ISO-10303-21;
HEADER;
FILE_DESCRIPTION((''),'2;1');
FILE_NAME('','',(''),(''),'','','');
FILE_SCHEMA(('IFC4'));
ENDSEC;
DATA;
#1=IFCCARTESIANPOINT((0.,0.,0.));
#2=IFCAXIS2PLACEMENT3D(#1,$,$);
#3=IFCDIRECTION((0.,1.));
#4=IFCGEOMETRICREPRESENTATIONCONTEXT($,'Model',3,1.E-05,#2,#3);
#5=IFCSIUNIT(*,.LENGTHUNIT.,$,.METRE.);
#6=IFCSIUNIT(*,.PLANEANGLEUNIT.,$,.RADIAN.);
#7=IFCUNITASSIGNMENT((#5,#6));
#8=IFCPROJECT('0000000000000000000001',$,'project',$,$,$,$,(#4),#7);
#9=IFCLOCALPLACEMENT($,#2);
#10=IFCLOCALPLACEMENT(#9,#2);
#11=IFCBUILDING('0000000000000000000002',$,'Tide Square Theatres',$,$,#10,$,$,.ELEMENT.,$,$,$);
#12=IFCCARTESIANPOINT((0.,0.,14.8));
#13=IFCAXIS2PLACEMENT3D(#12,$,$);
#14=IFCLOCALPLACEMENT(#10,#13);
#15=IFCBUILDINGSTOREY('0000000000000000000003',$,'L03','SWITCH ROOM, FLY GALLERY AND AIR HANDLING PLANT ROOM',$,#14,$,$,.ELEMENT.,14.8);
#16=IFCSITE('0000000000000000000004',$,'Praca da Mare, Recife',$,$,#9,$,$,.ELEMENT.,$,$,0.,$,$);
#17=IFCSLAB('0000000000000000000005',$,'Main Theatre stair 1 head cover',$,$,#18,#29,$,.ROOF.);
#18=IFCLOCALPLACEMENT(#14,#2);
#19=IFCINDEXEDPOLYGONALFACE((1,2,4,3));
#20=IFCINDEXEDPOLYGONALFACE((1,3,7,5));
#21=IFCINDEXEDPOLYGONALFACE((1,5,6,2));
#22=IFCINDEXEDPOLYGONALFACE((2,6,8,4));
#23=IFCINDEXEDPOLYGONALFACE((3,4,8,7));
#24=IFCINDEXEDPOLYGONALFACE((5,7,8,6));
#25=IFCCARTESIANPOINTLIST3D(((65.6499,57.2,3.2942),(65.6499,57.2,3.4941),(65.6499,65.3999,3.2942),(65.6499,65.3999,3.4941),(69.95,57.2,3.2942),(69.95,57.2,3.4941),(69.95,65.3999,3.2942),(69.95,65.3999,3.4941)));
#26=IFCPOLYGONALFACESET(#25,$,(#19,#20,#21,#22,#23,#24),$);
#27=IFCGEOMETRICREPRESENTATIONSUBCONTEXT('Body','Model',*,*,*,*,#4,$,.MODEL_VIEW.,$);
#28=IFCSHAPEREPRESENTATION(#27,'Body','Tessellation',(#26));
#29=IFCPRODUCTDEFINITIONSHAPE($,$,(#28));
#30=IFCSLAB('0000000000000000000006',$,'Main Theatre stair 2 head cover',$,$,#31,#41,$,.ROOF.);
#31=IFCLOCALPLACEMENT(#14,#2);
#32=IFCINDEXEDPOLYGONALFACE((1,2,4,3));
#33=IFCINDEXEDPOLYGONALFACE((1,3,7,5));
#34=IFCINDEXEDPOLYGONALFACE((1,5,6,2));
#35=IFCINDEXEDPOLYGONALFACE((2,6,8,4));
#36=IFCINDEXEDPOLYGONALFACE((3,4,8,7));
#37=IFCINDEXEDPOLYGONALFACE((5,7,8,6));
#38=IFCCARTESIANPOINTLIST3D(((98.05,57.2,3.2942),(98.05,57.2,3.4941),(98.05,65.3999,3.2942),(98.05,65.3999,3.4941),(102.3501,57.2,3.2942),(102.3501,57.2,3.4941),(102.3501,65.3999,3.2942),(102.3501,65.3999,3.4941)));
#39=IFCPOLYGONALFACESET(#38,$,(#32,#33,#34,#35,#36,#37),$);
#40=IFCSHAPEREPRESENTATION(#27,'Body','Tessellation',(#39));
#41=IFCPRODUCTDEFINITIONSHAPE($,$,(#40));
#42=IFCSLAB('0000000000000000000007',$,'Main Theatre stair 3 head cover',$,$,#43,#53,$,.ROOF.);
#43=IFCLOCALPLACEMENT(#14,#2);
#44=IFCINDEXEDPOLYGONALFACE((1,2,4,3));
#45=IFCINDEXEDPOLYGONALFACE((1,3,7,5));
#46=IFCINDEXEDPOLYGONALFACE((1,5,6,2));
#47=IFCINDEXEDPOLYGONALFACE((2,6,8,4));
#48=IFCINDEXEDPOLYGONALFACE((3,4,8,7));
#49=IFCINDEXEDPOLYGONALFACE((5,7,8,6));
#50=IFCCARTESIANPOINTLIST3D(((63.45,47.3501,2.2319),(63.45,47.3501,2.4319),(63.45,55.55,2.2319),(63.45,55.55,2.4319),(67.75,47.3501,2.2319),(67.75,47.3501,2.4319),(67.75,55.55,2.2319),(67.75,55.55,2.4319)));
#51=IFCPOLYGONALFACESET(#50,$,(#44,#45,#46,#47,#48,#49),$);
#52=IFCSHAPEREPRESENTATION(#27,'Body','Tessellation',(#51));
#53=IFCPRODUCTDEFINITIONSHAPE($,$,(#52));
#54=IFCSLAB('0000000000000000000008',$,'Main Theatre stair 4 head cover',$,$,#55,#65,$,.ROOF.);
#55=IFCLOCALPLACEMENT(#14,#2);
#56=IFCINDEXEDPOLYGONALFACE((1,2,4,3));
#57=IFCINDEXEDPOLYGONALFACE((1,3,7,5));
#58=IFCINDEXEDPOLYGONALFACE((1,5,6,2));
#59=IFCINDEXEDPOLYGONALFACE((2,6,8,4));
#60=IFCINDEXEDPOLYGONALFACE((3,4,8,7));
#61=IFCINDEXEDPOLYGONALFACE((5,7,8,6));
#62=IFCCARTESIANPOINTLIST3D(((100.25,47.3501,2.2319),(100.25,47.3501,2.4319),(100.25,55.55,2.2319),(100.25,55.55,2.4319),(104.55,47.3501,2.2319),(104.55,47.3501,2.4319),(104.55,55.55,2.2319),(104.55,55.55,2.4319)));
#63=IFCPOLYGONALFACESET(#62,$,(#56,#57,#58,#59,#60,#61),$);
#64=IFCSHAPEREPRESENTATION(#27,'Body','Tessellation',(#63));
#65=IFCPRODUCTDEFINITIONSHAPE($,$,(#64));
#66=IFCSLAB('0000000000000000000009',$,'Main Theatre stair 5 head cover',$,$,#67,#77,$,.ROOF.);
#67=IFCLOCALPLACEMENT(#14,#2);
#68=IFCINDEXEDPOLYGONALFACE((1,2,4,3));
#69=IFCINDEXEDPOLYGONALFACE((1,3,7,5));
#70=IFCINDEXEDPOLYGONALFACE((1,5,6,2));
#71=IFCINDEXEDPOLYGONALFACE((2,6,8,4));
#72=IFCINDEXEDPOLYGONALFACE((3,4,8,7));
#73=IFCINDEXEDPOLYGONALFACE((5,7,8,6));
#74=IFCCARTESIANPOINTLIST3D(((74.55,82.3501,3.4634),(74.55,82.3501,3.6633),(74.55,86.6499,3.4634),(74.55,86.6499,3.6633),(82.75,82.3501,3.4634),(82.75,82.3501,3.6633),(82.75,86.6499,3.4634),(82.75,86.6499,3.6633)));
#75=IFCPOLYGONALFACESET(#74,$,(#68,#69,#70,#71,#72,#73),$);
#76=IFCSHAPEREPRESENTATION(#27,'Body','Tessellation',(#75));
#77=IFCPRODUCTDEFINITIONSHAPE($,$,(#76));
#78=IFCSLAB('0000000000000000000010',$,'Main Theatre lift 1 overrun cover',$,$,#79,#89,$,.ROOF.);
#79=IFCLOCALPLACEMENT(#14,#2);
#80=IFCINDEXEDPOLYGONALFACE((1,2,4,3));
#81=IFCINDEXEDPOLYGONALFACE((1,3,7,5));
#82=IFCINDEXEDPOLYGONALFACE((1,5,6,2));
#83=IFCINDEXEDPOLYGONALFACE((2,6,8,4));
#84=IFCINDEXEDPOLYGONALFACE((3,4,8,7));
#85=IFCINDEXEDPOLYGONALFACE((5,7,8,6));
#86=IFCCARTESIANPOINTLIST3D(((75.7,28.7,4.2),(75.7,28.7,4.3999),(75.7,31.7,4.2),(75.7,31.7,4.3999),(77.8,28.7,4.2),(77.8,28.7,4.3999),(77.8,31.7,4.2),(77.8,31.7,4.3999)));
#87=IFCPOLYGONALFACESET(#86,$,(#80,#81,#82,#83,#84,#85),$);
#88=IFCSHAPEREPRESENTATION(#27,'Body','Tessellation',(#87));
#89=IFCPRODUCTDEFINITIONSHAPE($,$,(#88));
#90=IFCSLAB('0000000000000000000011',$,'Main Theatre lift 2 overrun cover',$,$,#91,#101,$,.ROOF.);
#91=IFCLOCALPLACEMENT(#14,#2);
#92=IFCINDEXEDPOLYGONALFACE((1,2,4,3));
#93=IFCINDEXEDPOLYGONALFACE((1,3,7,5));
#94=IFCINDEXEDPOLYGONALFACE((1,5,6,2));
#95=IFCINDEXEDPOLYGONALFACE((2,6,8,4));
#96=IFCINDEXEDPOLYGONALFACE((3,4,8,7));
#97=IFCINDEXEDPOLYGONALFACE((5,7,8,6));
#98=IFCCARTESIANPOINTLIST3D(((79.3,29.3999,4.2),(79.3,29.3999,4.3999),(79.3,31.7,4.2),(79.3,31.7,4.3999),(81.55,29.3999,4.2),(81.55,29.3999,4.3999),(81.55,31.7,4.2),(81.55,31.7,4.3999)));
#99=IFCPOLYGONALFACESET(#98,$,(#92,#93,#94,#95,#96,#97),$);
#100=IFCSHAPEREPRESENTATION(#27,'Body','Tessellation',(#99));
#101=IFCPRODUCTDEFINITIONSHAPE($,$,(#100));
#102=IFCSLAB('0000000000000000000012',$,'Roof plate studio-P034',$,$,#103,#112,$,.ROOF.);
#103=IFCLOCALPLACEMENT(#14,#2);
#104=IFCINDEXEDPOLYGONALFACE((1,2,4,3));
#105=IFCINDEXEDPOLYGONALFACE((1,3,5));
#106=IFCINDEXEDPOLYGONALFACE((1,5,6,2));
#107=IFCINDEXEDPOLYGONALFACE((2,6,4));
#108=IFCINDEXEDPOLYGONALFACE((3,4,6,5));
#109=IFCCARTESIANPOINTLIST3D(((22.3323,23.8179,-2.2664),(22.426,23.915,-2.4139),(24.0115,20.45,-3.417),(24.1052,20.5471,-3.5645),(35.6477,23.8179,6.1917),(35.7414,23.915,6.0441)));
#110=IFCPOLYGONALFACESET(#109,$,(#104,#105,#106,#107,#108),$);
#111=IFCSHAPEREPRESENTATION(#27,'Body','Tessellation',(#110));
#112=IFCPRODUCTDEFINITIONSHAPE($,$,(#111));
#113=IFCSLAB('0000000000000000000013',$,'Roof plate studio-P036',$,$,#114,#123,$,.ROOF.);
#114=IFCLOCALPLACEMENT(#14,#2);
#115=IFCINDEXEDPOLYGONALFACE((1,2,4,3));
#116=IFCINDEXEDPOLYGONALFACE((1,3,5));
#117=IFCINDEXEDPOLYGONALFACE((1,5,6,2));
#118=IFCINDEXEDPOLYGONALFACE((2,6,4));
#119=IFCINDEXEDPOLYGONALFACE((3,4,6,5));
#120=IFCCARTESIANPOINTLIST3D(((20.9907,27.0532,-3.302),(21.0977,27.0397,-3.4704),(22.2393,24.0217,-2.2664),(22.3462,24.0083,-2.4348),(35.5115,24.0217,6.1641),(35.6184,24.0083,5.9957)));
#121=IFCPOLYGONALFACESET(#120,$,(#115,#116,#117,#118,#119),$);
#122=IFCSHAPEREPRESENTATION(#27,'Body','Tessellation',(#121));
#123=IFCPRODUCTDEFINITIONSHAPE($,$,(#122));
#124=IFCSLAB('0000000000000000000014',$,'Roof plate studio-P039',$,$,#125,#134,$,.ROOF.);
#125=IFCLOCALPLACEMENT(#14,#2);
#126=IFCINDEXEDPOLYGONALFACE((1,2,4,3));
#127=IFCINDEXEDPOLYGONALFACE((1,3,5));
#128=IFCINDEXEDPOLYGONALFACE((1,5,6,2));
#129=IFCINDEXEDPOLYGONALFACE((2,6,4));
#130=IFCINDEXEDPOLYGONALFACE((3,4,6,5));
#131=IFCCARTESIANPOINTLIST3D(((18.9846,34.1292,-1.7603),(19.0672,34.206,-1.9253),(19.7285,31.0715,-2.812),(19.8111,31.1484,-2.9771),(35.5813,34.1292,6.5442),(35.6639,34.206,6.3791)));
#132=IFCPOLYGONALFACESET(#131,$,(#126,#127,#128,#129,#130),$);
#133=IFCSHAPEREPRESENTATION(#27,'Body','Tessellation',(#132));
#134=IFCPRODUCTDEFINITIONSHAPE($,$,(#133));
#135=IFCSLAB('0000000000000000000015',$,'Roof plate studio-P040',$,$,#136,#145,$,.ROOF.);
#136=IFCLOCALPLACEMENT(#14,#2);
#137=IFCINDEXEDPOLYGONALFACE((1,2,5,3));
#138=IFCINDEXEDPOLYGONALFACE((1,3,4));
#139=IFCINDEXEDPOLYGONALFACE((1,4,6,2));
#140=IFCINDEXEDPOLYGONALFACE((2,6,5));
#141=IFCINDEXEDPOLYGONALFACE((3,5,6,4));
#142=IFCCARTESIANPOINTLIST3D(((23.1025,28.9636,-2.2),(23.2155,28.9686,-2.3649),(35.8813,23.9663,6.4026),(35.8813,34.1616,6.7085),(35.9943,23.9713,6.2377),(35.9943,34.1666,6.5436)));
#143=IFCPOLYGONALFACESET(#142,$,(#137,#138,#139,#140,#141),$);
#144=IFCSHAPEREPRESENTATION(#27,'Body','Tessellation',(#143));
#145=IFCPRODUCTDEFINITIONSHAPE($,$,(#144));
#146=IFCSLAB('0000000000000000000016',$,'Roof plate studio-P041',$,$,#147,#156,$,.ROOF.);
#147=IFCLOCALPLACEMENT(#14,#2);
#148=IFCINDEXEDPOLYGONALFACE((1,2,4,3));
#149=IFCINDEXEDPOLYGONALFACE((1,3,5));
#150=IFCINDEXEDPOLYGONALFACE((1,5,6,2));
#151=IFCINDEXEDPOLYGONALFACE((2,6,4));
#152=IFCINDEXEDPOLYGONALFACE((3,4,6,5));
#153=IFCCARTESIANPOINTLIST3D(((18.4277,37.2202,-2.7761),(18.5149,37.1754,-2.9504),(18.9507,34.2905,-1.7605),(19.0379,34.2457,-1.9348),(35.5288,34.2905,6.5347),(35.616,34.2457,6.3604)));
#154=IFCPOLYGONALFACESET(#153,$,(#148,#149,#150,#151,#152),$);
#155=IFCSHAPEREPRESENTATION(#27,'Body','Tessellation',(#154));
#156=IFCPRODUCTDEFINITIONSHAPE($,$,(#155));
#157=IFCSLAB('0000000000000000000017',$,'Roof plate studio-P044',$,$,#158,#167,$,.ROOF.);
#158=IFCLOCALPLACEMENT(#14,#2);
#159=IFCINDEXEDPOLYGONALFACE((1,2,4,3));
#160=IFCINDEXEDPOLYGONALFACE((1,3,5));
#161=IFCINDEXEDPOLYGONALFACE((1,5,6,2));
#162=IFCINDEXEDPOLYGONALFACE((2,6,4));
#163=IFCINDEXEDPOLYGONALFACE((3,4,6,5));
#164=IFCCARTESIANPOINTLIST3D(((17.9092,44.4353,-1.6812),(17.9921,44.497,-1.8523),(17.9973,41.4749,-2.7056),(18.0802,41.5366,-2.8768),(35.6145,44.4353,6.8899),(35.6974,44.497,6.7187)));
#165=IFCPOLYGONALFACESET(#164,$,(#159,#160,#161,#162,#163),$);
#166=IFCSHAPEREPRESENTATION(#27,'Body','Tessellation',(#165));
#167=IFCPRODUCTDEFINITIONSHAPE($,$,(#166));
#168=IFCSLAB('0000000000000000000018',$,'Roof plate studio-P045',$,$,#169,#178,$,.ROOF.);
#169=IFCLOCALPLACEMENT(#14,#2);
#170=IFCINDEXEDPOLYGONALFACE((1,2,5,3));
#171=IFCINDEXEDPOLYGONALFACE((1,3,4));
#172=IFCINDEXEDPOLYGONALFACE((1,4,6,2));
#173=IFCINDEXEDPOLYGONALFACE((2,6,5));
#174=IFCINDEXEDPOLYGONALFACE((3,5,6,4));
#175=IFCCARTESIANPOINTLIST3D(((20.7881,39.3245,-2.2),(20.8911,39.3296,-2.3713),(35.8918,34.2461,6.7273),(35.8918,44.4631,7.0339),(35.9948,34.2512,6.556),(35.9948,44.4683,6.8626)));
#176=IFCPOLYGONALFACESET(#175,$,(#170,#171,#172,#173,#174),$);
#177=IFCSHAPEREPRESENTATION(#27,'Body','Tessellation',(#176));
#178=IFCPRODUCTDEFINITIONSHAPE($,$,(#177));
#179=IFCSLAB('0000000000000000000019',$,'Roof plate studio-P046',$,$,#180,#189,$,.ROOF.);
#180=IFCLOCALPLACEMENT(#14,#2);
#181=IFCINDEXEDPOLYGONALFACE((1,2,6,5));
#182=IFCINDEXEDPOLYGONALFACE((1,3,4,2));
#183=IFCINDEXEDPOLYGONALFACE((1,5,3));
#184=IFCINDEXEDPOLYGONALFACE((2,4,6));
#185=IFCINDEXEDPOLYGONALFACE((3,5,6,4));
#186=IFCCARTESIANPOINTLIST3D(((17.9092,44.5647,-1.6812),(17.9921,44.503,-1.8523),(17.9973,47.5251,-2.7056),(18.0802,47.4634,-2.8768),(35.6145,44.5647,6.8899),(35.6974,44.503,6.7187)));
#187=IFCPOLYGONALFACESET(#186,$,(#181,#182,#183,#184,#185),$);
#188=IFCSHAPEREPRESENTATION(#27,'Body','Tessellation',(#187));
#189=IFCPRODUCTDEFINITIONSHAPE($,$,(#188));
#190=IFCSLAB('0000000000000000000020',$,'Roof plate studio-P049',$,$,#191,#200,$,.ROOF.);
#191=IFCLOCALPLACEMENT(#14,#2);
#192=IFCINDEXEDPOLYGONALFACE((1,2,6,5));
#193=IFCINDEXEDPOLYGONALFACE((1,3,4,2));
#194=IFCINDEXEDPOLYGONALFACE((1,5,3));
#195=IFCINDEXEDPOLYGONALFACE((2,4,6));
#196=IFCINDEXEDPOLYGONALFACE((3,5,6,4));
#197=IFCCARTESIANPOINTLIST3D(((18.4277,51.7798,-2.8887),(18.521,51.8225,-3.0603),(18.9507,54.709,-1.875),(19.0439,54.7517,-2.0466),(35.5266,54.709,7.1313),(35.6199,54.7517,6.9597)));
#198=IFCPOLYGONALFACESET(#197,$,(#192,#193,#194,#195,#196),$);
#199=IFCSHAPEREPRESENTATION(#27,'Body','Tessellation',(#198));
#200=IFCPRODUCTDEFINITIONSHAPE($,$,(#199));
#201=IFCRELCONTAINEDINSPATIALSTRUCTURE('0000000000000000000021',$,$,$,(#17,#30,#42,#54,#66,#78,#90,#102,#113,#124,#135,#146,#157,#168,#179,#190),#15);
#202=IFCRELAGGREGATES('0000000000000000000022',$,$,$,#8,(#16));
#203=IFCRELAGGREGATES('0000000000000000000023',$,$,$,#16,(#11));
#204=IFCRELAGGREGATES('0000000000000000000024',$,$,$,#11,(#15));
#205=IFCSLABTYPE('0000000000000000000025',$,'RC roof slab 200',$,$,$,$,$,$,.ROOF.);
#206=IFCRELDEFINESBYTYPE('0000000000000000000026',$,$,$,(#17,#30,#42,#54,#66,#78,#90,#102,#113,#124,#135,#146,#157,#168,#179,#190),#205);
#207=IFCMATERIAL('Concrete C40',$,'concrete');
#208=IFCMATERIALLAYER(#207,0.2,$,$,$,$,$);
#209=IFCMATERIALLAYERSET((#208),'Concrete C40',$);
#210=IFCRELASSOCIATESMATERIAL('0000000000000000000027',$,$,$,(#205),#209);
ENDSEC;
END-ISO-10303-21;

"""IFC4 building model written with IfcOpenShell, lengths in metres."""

from ifc_helpers import new_model, si_unit, direction, frame, origin, place, context, subcontext, project, spatial, polyline, outline, extrude, material, layer, layer_set, type_object, element, save


model = new_model("IFC4")

# Units and contexts
model_context = context("Model", 3, precision=1e-05, world=origin(), true_north=direction((0.0, 1.0)))
body_context = subcontext(model_context, "Body", "Model", "MODEL_VIEW")
ifc_project = project(units=[si_unit("LENGTHUNIT", "METRE"), si_unit("PLANEANGLEUNIT", "RADIAN")], contexts=[model_context])

# Site, building, storey
site_placement = place(None, origin())
site = spatial("IfcSite", under=ifc_project, at=site_placement, Name="Praca da Mare, Recife", CompositionType="ELEMENT", RefElevation=0.0)
building_placement = place(site_placement, origin())
building = spatial("IfcBuilding", under=site, at=building_placement, Name="Tide Square Theatres", CompositionType="ELEMENT")
storey_placement = place(building_placement, frame((0.0, 0.0, 14.8)))
storey = spatial("IfcBuildingStorey", under=building, at=storey_placement, Name="L03", Description="SWITCH ROOM, FLY GALLERY AND AIR HANDLING PLANT ROOM", CompositionType="ELEMENT", Elevation=14.8)

# Slabs
ifc_material_1 = material(Name="Concrete C40", Category="concrete")
ifc_layer_1 = layer(ifc_material_1, 0.2)
ifc_layer_set_1 = layer_set([ifc_layer_1], Name="Concrete C40")
slab_type_1 = type_object("IfcSlabType", Name="RC roof slab 200", PredefinedType="ROOF", material=ifc_layer_set_1)
slab_1_placement = place(storey_placement, frame((0.0, 0.0, 3.2942)))
element("IfcSlab", 1, at=slab_1_placement, inside=storey, type_object=slab_type_1, Name="Main Theatre stair 1 head cover", PredefinedType="ROOF", context=body_context, shape_type="SweptSolid", body=[
    extrude(outline(polyline([(69.95, 57.2), (69.95, 65.3999), (65.6499, 65.3999), (65.6499, 57.2), (69.95, 57.2)])), origin(), (0.0, 0.0, 1.0), 0.2),
])
slab_2_placement = place(storey_placement, frame((0.0, 0.0, 3.2942)))
element("IfcSlab", 2, at=slab_2_placement, inside=storey, type_object=slab_type_1, Name="Main Theatre stair 2 head cover", PredefinedType="ROOF", context=body_context, shape_type="SweptSolid", body=[
    extrude(outline(polyline([(102.3501, 57.2), (102.3501, 65.3999), (98.05, 65.3999), (98.05, 57.2), (102.3501, 57.2)])), origin(), (0.0, 0.0, 1.0), 0.2),
])
slab_3_placement = place(storey_placement, frame((0.0, 0.0, 2.2319)))
element("IfcSlab", 3, at=slab_3_placement, inside=storey, type_object=slab_type_1, Name="Main Theatre stair 3 head cover", PredefinedType="ROOF", context=body_context, shape_type="SweptSolid", body=[
    extrude(outline(polyline([(67.75, 47.3501), (67.75, 55.55), (63.45, 55.55), (63.45, 47.3501), (67.75, 47.3501)])), origin(), (0.0, 0.0, 1.0), 0.2),
])
slab_4_placement = place(storey_placement, frame((0.0, 0.0, 2.2319)))
element("IfcSlab", 4, at=slab_4_placement, inside=storey, type_object=slab_type_1, Name="Main Theatre stair 4 head cover", PredefinedType="ROOF", context=body_context, shape_type="SweptSolid", body=[
    extrude(outline(polyline([(104.55, 47.3501), (104.55, 55.55), (100.25, 55.55), (100.25, 47.3501), (104.55, 47.3501)])), origin(), (0.0, 0.0, 1.0), 0.2),
])
slab_5_placement = place(storey_placement, frame((0.0, 0.0, 3.4634)))
element("IfcSlab", 5, at=slab_5_placement, inside=storey, type_object=slab_type_1, Name="Main Theatre stair 5 head cover", PredefinedType="ROOF", context=body_context, shape_type="SweptSolid", body=[
    extrude(outline(polyline([(82.75, 86.6499), (74.55, 86.6499), (74.55, 82.3501), (82.75, 82.3501), (82.75, 86.6499)])), origin(), (0.0, 0.0, 1.0), 0.2),
])
slab_6_placement = place(storey_placement, frame((0.0, 0.0, 4.2)))
element("IfcSlab", 6, at=slab_6_placement, inside=storey, type_object=slab_type_1, Name="Main Theatre lift 1 overrun cover", PredefinedType="ROOF", context=body_context, shape_type="SweptSolid", body=[
    extrude(outline(polyline([(75.7, 28.7), (77.8, 28.7), (77.8, 31.7), (75.7, 31.7), (75.7, 28.7)])), origin(), (0.0, 0.0, 1.0), 0.2),
])
slab_7_placement = place(storey_placement, frame((0.0, 0.0, 4.2)))
element("IfcSlab", 7, at=slab_7_placement, inside=storey, type_object=slab_type_1, Name="Main Theatre lift 2 overrun cover", PredefinedType="ROOF", context=body_context, shape_type="SweptSolid", body=[
    extrude(outline(polyline([(79.3, 29.3999), (81.55, 29.3999), (81.55, 31.7), (79.3, 31.7), (79.3, 29.3999)])), origin(), (0.0, 0.0, 1.0), 0.2),
])
slab_8_placement = place(storey_placement, frame((24.0115, 20.45, -3.417), z_axis=(-0.468672, -0.48575, 0.73783), x_axis=(0.752574, 0.21782, 0.621439)))
element("IfcSlab", 8, at=slab_8_placement, inside=storey, type_object=slab_type_1, Name="Roof plate studio-P034", PredefinedType="ROOF", context=body_context, shape_type="SweptSolid", body=[
    extrude(outline(polyline([(0.0, 0.0), (15.4619, 0.0), (0.1849, 3.9309), (0.0, 0.0)])), origin(), (0.0, 0.0, -1.0), 0.2),
])
slab_9_placement = place(storey_placement, frame((20.9907, 27.0532, -3.302), z_axis=(-0.534953, 0.067393, 0.84219), x_axis=(0.363134, -0.881705, 0.301215)))
element("IfcSlab", 9, at=slab_9_placement, inside=storey, type_object=slab_type_1, Name="Roof plate studio-P036", PredefinedType="ROOF", context=body_context, shape_type="SweptSolid", body=[
    extrude(outline(polyline([(0.0, 0.0), (3.4382, 0.0), (10.7972, 13.8949), (0.0, 0.0)])), origin(), (0.0, 0.0, -1.0), 0.2),
])
slab_10_placement = place(storey_placement, frame((19.7285, 31.0715, -2.812), z_axis=(-0.413082, -0.384474, 0.825556), x_axis=(0.849556, 0.163859, 0.501402)))
element("IfcSlab", 10, at=slab_10_placement, inside=storey, type_object=slab_type_1, Name="Roof plate studio-P039", PredefinedType="ROOF", context=body_context, shape_type="SweptSolid", body=[
    extrude(outline(polyline([(0.0, 0.0), (18.6601, 0.0), (0.3964, 3.2942), (0.0, 0.0)])), origin(), (0.0, 0.0, -1.0), 0.2),
])
slab_11_placement = place(storey_placement, frame((23.1025, 28.9636, -2.2), z_axis=(-0.56491, -0.024747, 0.824781), x_axis=(0.789064, -0.308573, 0.531188)))
element("IfcSlab", 11, at=slab_11_placement, inside=storey, type_object=slab_type_1, Name="Roof plate studio-P040", PredefinedType="ROOF", context=body_context, shape_type="SweptSolid", body=[
    extrude(outline(polyline([(0.0, 0.0), (16.1949, 0.0), (13.2114, 9.7538), (0.0, 0.0)])), origin(), (0.0, 0.0, -1.0), 0.2),
])
slab_12_placement = place(storey_placement, frame((18.4277, 37.2202, -2.7761), z_axis=(-0.436077, 0.224284, 0.871512), x_axis=(0.166305, -0.931679, 0.322982)))
element("IfcSlab", 12, at=slab_12_placement, inside=storey, type_object=slab_type_1, Name="Roof plate studio-P041", PredefinedType="ROOF", context=body_context, shape_type="SweptSolid", body=[
    extrude(outline(polyline([(0.0, 0.0), (3.1445, 0.0), (8.5807, 17.7226), (0.0, 0.0)])), origin(), (0.0, 0.0, -1.0), 0.2),
])
slab_13_placement = place(storey_placement, frame((17.9973, 41.4749, -2.7056), z_axis=(-0.414458, -0.308595, 0.856151), x_axis=(0.868778, 0.145992, 0.473193)))
element("IfcSlab", 13, at=slab_13_placement, inside=storey, type_object=slab_type_1, Name="Roof plate studio-P044", PredefinedType="ROOF", context=body_context, shape_type="SweptSolid", body=[
    extrude(outline(polyline([(0.0, 0.0), (20.2781, 0.0), (0.8404, 3.0191), (0.0, 0.0)])), origin(), (0.0, 0.0, -1.0), 0.2),
])
slab_14_placement = place(storey_placement, frame((20.7881, 39.3245, -2.2), z_axis=(-0.515051, -0.025714, 0.856773), x_axis=(0.826925, -0.278039, 0.488763)))
element("IfcSlab", 14, at=slab_14_placement, inside=storey, type_object=slab_type_1, Name="Roof plate studio-P045", PredefinedType="ROOF", context=body_context, shape_type="SweptSolid", body=[
    extrude(outline(polyline([(0.0, 0.0), (18.265, 0.0), (15.5741, 9.8611), (0.0, 0.0)])), origin(), (0.0, 0.0, -1.0), 0.2),
])
slab_15_placement = place(storey_placement, frame((17.9973, 47.5251, -2.7056), z_axis=(-0.414458, 0.308595, 0.856151), x_axis=(-0.028123, -0.944647, 0.32688)))
element("IfcSlab", 15, at=slab_15_placement, inside=storey, type_object=slab_type_1, Name="Roof plate studio-P046", PredefinedType="ROOF", context=body_context, shape_type="SweptSolid", body=[
    extrude(outline(polyline([(0.0, 0.0), (3.1339, 0.0), (5.4377, 19.5355), (0.0, 0.0)])), origin(), (0.0, 0.0, -1.0), 0.2),
])
slab_16_placement = place(storey_placement, frame((18.4277, 51.7798, -2.8887), z_axis=(-0.466382, -0.21378, 0.858362), x_axis=(0.853502, 0.146213, 0.500156)))
element("IfcSlab", 16, at=slab_16_placement, inside=storey, type_object=slab_type_1, Name="Roof plate studio-P049", PredefinedType="ROOF", context=body_context, shape_type="SweptSolid", body=[
    extrude(outline(polyline([(0.0, 0.0), (20.0338, 0.0), (1.3816, 2.8235), (0.0, 0.0)])), origin(), (0.0, 0.0, -1.0), 0.2),
])

save(model, "model.ifc")
